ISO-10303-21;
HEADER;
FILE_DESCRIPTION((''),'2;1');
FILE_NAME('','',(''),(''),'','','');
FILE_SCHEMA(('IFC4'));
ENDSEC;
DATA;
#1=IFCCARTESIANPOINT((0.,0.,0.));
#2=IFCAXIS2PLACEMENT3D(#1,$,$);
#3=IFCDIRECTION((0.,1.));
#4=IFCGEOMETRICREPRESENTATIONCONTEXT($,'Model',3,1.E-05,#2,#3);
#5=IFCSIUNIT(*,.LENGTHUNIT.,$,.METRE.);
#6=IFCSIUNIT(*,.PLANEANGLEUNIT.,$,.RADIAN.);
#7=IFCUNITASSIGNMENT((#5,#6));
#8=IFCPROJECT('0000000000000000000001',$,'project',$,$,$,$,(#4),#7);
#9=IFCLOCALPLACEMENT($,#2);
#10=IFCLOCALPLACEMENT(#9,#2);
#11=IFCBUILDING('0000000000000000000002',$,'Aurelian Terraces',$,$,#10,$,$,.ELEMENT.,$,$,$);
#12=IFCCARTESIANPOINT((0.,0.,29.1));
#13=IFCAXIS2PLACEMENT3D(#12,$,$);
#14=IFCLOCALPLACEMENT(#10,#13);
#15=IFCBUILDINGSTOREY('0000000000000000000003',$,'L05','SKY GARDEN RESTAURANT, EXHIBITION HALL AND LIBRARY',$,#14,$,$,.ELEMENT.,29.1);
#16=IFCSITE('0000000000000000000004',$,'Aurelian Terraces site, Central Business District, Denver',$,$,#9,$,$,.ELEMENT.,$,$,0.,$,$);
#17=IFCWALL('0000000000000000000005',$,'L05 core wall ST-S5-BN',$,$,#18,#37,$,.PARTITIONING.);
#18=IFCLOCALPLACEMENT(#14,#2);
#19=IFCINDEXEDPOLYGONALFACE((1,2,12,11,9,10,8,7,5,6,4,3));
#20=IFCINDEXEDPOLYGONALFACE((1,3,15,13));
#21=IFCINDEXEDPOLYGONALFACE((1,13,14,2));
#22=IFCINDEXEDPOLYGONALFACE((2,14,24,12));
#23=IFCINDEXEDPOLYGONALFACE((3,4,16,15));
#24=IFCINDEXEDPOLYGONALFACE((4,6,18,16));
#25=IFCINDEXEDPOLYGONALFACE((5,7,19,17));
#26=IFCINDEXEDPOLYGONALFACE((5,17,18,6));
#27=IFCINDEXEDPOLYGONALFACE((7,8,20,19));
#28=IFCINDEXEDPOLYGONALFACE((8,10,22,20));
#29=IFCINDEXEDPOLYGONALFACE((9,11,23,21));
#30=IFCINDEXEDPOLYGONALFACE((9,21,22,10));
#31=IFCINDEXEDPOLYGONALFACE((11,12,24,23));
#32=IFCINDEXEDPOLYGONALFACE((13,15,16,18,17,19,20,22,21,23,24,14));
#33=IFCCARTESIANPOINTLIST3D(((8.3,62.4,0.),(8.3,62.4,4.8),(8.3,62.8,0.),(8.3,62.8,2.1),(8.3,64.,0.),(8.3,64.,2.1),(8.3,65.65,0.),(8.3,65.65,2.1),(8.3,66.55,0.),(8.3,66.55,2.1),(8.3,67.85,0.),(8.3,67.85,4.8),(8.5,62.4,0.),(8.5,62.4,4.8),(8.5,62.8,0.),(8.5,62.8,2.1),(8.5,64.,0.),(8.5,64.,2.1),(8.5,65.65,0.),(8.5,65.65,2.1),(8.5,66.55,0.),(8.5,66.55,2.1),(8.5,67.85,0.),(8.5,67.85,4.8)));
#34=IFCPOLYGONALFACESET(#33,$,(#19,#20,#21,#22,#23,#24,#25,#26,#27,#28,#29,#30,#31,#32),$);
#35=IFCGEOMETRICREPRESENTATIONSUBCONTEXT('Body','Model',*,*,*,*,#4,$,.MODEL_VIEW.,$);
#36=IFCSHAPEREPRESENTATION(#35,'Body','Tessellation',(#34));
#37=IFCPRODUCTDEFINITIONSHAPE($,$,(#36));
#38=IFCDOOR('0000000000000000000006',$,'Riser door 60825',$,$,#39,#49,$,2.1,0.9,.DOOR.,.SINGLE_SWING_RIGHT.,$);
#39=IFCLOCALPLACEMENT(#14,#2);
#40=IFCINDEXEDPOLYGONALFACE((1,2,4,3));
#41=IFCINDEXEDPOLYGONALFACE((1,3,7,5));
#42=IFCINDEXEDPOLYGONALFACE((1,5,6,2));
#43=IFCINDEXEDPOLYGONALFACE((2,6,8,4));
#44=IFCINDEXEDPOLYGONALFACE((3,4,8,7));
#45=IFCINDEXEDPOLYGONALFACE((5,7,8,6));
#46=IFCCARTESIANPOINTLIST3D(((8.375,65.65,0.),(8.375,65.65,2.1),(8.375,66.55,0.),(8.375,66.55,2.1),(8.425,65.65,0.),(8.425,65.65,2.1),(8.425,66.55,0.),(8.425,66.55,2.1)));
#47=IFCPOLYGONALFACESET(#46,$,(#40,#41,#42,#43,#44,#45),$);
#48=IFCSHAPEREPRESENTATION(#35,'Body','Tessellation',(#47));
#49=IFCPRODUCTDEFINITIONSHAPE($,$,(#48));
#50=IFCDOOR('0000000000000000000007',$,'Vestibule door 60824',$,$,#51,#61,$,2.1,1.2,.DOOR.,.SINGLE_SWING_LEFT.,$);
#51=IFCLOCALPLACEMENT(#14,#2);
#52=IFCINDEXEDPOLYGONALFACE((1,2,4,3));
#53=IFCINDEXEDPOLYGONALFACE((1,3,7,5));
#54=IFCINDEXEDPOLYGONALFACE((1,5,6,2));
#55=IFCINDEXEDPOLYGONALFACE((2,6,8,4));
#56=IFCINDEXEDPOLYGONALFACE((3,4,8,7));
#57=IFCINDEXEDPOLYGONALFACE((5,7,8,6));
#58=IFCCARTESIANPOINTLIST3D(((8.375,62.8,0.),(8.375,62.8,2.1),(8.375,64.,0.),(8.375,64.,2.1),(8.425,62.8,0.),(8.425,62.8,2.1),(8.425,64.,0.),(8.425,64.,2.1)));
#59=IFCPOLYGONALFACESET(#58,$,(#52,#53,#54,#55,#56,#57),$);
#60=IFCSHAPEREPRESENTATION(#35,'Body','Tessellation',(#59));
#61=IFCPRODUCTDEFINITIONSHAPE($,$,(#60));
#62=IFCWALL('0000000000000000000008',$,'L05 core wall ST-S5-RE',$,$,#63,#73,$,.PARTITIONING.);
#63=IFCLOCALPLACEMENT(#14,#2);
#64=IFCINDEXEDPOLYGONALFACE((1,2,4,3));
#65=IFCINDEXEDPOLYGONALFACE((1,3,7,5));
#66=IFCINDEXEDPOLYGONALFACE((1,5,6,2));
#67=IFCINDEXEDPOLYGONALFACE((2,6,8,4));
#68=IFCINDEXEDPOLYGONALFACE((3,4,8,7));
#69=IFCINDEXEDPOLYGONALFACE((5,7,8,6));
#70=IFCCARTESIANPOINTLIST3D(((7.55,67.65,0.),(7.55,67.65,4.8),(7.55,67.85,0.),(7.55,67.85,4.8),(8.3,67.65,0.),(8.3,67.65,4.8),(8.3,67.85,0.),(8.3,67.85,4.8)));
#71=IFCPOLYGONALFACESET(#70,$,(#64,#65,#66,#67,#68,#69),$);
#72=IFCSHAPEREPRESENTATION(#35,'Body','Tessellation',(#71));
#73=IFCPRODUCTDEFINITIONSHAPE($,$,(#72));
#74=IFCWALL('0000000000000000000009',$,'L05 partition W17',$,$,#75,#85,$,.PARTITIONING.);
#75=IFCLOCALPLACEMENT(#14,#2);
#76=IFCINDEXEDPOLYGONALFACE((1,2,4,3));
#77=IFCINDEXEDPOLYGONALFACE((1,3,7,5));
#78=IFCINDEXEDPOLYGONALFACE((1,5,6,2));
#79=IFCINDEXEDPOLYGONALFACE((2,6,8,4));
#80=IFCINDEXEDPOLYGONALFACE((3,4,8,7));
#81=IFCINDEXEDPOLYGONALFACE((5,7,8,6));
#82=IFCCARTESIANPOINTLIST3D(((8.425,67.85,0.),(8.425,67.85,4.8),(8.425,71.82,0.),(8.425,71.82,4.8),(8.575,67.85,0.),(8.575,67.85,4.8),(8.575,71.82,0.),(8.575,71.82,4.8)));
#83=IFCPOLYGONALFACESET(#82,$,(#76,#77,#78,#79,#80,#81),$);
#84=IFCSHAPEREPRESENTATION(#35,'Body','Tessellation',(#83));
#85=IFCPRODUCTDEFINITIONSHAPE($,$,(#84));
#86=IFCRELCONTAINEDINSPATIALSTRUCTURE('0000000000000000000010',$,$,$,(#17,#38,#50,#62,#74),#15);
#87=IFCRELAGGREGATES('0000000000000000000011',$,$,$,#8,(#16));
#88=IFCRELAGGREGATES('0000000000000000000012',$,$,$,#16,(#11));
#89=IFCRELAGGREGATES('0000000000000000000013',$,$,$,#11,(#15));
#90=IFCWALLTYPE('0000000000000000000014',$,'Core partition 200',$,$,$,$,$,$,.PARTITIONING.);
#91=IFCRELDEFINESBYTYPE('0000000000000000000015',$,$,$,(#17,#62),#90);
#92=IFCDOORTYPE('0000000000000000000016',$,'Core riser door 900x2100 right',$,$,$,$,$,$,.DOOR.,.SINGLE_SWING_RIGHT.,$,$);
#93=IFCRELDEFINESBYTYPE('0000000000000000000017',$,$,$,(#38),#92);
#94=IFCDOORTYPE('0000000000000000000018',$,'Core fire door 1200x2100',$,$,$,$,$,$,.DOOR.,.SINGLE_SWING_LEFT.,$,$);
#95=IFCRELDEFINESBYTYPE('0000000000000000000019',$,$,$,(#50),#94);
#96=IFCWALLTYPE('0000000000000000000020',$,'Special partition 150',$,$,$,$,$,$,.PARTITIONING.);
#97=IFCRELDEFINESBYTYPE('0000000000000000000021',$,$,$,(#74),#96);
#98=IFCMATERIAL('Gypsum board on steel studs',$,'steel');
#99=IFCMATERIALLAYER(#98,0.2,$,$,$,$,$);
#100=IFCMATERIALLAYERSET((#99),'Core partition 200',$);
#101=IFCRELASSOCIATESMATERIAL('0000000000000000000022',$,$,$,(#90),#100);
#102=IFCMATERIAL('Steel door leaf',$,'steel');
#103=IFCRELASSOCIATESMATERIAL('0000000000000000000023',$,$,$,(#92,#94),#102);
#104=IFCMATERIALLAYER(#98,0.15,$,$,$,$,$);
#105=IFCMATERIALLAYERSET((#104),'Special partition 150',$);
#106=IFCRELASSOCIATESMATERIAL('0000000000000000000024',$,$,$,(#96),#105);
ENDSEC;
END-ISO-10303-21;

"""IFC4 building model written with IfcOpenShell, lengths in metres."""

from ifc_helpers import new_model, si_unit, direction, frame, frame_2d, origin, place, context, subcontext, project, spatial, rectangle, extrude, source, transform, mapped, material, layer, layer_set, type_object, element, fill, save


model = new_model("IFC4")

# Units and contexts
model_context = context("Model", 3, precision=1e-05, world=origin(), true_north=direction((0.0, 1.0)))
body_context = subcontext(model_context, "Body", "Model", "MODEL_VIEW")
ifc_project = project(units=[si_unit("LENGTHUNIT", "METRE"), si_unit("PLANEANGLEUNIT", "RADIAN")], contexts=[model_context])

# Site, building, storey
site_placement = place(None, origin())
site = spatial("IfcSite", under=ifc_project, at=site_placement, Name="Aurelian Terraces site, Central Business District, Denver", CompositionType="ELEMENT", RefElevation=0.0)
building_placement = place(site_placement, origin())
building = spatial("IfcBuilding", under=site, at=building_placement, Name="Aurelian Terraces", CompositionType="ELEMENT")
storey_placement = place(building_placement, frame((0.0, 0.0, 29.1)))
storey = spatial("IfcBuildingStorey", under=building, at=storey_placement, Name="L05", Description="SKY GARDEN RESTAURANT, EXHIBITION HALL AND LIBRARY", CompositionType="ELEMENT", Elevation=29.1)

# Wall, openings, doors
ifc_material_1 = material(Name="Gypsum board on steel studs", Category="steel")
ifc_layer_1 = layer(ifc_material_1, 0.2)
ifc_layer_set_1 = layer_set([ifc_layer_1], Name="Core partition 200")
wall_type_1 = type_object("IfcWallType", Name="Core partition 200", PredefinedType="PARTITIONING", material=ifc_layer_set_1)
shared_shape_1 = source(origin(), body_context, "Body", "SweptSolid", [
    extrude(rectangle(XDim=5.45, YDim=0.2, at=frame_2d((2.725, 0.0))), origin(), (0.0, 0.0, 1.0), 4.8),
])
wall_1_placement = place(storey_placement, frame((8.4, 62.4, 0.0), z_axis=(0.0, 0.0, 1.0), x_axis=(0.0, 1.0, 0.0)))
wall_1 = element("IfcWall", 1, at=wall_1_placement, inside=storey, type_object=wall_type_1, Name="L05 core wall ST-S5-BN", PredefinedType="PARTITIONING", context=body_context, shape_type="MappedRepresentation", body=[
    mapped(shared_shape_1, transform((0.0, 0.0, 0.0), scale=1.0)),
])
shared_shape_2 = source(origin(), body_context, "Body", "SweptSolid", [
    extrude(rectangle(XDim=1.2, YDim=2.1, at=frame_2d((0.6, 1.05))), frame((0.0, 0.11, 0.0), z_axis=(0.0, -1.0, 0.0), x_axis=(1.0, 0.0, 0.0)), (0.0, 0.0, 1.0), 0.22),
])
opening_1_placement = place(wall_1_placement, frame((0.4, 0.0, 0.0)))
opening_1 = element("IfcOpeningElement", 2, at=opening_1_placement, cuts=wall_1, PredefinedType="OPENING", context=body_context, shape_type="MappedRepresentation", body=[
    mapped(shared_shape_2, transform((0.0, 0.0, 0.0), scale=1.0)),
])
shared_shape_3 = source(origin(), body_context, "Body", "SweptSolid", [
    extrude(rectangle(XDim=0.9, YDim=2.1, at=frame_2d((0.45, 1.05))), frame((0.0, 0.11, 0.0), z_axis=(0.0, -1.0, 0.0), x_axis=(1.0, 0.0, 0.0)), (0.0, 0.0, 1.0), 0.22),
])
opening_2_placement = place(wall_1_placement, frame((3.25, 0.0, 0.0)))
opening_2 = element("IfcOpeningElement", 3, at=opening_2_placement, cuts=wall_1, PredefinedType="OPENING", context=body_context, shape_type="MappedRepresentation", body=[
    mapped(shared_shape_3, transform((0.0, 0.0, 0.0), scale=1.0)),
])
ifc_material_2 = material(Name="Steel door leaf", Category="steel")
door_type_1 = type_object("IfcDoorType", Name="Core riser door 900x2100 right", OperationType="SINGLE_SWING_RIGHT", PredefinedType="DOOR", material=ifc_material_2)
shared_shape_4 = source(origin(), body_context, "Body", "SweptSolid", [
    extrude(rectangle(XDim=0.9, YDim=2.1, at=frame_2d((0.45, 1.05))), frame((0.0, 0.025, 0.0), z_axis=(0.0, -1.0, 0.0), x_axis=(1.0, 0.0, 0.0)), (0.0, 0.0, 1.0), 0.05),
])
door_1_placement = place(opening_2_placement, origin())
door_1 = element("IfcDoor", 4, at=door_1_placement, inside=storey, type_object=door_type_1, Name="Riser door 60825", OperationType="SINGLE_SWING_RIGHT", OverallHeight=2.1, OverallWidth=0.9, PredefinedType="DOOR", context=body_context, shape_type="MappedRepresentation", body=[
    mapped(shared_shape_4, transform((0.0, 0.0, 0.0), scale=1.0)),
])
fill(opening_2, door_1)
door_type_2 = type_object("IfcDoorType", Name="Core fire door 1200x2100", OperationType="SINGLE_SWING_LEFT", PredefinedType="DOOR", material=ifc_material_2)
shared_shape_5 = source(origin(), body_context, "Body", "SweptSolid", [
    extrude(rectangle(XDim=1.2, YDim=2.1, at=frame_2d((0.6, 1.05))), frame((0.0, 0.025, 0.0), z_axis=(0.0, -1.0, 0.0), x_axis=(1.0, 0.0, 0.0)), (0.0, 0.0, 1.0), 0.05),
])
door_2_placement = place(opening_1_placement, origin())
door_2 = element("IfcDoor", 5, at=door_2_placement, inside=storey, type_object=door_type_2, Name="Vestibule door 60824", OperationType="SINGLE_SWING_LEFT", OverallHeight=2.1, OverallWidth=1.2, PredefinedType="DOOR", context=body_context, shape_type="MappedRepresentation", body=[
    mapped(shared_shape_5, transform((0.0, 0.0, 0.0), scale=1.0)),
])
fill(opening_1, door_2)

# Walls
shared_shape_6 = source(origin(), body_context, "Body", "SweptSolid", [
    extrude(rectangle(XDim=0.75, YDim=0.2, at=frame_2d((0.375, 0.0))), origin(), (0.0, 0.0, 1.0), 4.8),
])
wall_2_placement = place(storey_placement, frame((7.55, 67.75, 0.0), z_axis=(0.0, 0.0, 1.0), x_axis=(1.0, 0.0, 0.0)))
element("IfcWall", 6, at=wall_2_placement, inside=storey, type_object=wall_type_1, Name="L05 core wall ST-S5-RE", PredefinedType="PARTITIONING", context=body_context, shape_type="MappedRepresentation", body=[
    mapped(shared_shape_6, transform((0.0, 0.0, 0.0), scale=1.0)),
])
ifc_layer_2 = layer(ifc_material_1, 0.15)
ifc_layer_set_2 = layer_set([ifc_layer_2], Name="Special partition 150")
wall_type_2 = type_object("IfcWallType", Name="Special partition 150", PredefinedType="PARTITIONING", material=ifc_layer_set_2)
shared_shape_7 = source(origin(), body_context, "Body", "SweptSolid", [
    extrude(rectangle(XDim=3.97, YDim=0.15, at=frame_2d((1.985, 0.0))), origin(), (0.0, 0.0, 1.0), 4.8),
])
wall_3_placement = place(storey_placement, frame((8.5, 67.85, 0.0), z_axis=(0.0, 0.0, 1.0), x_axis=(0.0, 1.0, 0.0)))
element("IfcWall", 7, at=wall_3_placement, inside=storey, type_object=wall_type_2, Name="L05 partition W17", PredefinedType="PARTITIONING", context=body_context, shape_type="MappedRepresentation", body=[
    mapped(shared_shape_7, transform((0.0, 0.0, 0.0), scale=1.0)),
])

save(model, "model.ifc")
